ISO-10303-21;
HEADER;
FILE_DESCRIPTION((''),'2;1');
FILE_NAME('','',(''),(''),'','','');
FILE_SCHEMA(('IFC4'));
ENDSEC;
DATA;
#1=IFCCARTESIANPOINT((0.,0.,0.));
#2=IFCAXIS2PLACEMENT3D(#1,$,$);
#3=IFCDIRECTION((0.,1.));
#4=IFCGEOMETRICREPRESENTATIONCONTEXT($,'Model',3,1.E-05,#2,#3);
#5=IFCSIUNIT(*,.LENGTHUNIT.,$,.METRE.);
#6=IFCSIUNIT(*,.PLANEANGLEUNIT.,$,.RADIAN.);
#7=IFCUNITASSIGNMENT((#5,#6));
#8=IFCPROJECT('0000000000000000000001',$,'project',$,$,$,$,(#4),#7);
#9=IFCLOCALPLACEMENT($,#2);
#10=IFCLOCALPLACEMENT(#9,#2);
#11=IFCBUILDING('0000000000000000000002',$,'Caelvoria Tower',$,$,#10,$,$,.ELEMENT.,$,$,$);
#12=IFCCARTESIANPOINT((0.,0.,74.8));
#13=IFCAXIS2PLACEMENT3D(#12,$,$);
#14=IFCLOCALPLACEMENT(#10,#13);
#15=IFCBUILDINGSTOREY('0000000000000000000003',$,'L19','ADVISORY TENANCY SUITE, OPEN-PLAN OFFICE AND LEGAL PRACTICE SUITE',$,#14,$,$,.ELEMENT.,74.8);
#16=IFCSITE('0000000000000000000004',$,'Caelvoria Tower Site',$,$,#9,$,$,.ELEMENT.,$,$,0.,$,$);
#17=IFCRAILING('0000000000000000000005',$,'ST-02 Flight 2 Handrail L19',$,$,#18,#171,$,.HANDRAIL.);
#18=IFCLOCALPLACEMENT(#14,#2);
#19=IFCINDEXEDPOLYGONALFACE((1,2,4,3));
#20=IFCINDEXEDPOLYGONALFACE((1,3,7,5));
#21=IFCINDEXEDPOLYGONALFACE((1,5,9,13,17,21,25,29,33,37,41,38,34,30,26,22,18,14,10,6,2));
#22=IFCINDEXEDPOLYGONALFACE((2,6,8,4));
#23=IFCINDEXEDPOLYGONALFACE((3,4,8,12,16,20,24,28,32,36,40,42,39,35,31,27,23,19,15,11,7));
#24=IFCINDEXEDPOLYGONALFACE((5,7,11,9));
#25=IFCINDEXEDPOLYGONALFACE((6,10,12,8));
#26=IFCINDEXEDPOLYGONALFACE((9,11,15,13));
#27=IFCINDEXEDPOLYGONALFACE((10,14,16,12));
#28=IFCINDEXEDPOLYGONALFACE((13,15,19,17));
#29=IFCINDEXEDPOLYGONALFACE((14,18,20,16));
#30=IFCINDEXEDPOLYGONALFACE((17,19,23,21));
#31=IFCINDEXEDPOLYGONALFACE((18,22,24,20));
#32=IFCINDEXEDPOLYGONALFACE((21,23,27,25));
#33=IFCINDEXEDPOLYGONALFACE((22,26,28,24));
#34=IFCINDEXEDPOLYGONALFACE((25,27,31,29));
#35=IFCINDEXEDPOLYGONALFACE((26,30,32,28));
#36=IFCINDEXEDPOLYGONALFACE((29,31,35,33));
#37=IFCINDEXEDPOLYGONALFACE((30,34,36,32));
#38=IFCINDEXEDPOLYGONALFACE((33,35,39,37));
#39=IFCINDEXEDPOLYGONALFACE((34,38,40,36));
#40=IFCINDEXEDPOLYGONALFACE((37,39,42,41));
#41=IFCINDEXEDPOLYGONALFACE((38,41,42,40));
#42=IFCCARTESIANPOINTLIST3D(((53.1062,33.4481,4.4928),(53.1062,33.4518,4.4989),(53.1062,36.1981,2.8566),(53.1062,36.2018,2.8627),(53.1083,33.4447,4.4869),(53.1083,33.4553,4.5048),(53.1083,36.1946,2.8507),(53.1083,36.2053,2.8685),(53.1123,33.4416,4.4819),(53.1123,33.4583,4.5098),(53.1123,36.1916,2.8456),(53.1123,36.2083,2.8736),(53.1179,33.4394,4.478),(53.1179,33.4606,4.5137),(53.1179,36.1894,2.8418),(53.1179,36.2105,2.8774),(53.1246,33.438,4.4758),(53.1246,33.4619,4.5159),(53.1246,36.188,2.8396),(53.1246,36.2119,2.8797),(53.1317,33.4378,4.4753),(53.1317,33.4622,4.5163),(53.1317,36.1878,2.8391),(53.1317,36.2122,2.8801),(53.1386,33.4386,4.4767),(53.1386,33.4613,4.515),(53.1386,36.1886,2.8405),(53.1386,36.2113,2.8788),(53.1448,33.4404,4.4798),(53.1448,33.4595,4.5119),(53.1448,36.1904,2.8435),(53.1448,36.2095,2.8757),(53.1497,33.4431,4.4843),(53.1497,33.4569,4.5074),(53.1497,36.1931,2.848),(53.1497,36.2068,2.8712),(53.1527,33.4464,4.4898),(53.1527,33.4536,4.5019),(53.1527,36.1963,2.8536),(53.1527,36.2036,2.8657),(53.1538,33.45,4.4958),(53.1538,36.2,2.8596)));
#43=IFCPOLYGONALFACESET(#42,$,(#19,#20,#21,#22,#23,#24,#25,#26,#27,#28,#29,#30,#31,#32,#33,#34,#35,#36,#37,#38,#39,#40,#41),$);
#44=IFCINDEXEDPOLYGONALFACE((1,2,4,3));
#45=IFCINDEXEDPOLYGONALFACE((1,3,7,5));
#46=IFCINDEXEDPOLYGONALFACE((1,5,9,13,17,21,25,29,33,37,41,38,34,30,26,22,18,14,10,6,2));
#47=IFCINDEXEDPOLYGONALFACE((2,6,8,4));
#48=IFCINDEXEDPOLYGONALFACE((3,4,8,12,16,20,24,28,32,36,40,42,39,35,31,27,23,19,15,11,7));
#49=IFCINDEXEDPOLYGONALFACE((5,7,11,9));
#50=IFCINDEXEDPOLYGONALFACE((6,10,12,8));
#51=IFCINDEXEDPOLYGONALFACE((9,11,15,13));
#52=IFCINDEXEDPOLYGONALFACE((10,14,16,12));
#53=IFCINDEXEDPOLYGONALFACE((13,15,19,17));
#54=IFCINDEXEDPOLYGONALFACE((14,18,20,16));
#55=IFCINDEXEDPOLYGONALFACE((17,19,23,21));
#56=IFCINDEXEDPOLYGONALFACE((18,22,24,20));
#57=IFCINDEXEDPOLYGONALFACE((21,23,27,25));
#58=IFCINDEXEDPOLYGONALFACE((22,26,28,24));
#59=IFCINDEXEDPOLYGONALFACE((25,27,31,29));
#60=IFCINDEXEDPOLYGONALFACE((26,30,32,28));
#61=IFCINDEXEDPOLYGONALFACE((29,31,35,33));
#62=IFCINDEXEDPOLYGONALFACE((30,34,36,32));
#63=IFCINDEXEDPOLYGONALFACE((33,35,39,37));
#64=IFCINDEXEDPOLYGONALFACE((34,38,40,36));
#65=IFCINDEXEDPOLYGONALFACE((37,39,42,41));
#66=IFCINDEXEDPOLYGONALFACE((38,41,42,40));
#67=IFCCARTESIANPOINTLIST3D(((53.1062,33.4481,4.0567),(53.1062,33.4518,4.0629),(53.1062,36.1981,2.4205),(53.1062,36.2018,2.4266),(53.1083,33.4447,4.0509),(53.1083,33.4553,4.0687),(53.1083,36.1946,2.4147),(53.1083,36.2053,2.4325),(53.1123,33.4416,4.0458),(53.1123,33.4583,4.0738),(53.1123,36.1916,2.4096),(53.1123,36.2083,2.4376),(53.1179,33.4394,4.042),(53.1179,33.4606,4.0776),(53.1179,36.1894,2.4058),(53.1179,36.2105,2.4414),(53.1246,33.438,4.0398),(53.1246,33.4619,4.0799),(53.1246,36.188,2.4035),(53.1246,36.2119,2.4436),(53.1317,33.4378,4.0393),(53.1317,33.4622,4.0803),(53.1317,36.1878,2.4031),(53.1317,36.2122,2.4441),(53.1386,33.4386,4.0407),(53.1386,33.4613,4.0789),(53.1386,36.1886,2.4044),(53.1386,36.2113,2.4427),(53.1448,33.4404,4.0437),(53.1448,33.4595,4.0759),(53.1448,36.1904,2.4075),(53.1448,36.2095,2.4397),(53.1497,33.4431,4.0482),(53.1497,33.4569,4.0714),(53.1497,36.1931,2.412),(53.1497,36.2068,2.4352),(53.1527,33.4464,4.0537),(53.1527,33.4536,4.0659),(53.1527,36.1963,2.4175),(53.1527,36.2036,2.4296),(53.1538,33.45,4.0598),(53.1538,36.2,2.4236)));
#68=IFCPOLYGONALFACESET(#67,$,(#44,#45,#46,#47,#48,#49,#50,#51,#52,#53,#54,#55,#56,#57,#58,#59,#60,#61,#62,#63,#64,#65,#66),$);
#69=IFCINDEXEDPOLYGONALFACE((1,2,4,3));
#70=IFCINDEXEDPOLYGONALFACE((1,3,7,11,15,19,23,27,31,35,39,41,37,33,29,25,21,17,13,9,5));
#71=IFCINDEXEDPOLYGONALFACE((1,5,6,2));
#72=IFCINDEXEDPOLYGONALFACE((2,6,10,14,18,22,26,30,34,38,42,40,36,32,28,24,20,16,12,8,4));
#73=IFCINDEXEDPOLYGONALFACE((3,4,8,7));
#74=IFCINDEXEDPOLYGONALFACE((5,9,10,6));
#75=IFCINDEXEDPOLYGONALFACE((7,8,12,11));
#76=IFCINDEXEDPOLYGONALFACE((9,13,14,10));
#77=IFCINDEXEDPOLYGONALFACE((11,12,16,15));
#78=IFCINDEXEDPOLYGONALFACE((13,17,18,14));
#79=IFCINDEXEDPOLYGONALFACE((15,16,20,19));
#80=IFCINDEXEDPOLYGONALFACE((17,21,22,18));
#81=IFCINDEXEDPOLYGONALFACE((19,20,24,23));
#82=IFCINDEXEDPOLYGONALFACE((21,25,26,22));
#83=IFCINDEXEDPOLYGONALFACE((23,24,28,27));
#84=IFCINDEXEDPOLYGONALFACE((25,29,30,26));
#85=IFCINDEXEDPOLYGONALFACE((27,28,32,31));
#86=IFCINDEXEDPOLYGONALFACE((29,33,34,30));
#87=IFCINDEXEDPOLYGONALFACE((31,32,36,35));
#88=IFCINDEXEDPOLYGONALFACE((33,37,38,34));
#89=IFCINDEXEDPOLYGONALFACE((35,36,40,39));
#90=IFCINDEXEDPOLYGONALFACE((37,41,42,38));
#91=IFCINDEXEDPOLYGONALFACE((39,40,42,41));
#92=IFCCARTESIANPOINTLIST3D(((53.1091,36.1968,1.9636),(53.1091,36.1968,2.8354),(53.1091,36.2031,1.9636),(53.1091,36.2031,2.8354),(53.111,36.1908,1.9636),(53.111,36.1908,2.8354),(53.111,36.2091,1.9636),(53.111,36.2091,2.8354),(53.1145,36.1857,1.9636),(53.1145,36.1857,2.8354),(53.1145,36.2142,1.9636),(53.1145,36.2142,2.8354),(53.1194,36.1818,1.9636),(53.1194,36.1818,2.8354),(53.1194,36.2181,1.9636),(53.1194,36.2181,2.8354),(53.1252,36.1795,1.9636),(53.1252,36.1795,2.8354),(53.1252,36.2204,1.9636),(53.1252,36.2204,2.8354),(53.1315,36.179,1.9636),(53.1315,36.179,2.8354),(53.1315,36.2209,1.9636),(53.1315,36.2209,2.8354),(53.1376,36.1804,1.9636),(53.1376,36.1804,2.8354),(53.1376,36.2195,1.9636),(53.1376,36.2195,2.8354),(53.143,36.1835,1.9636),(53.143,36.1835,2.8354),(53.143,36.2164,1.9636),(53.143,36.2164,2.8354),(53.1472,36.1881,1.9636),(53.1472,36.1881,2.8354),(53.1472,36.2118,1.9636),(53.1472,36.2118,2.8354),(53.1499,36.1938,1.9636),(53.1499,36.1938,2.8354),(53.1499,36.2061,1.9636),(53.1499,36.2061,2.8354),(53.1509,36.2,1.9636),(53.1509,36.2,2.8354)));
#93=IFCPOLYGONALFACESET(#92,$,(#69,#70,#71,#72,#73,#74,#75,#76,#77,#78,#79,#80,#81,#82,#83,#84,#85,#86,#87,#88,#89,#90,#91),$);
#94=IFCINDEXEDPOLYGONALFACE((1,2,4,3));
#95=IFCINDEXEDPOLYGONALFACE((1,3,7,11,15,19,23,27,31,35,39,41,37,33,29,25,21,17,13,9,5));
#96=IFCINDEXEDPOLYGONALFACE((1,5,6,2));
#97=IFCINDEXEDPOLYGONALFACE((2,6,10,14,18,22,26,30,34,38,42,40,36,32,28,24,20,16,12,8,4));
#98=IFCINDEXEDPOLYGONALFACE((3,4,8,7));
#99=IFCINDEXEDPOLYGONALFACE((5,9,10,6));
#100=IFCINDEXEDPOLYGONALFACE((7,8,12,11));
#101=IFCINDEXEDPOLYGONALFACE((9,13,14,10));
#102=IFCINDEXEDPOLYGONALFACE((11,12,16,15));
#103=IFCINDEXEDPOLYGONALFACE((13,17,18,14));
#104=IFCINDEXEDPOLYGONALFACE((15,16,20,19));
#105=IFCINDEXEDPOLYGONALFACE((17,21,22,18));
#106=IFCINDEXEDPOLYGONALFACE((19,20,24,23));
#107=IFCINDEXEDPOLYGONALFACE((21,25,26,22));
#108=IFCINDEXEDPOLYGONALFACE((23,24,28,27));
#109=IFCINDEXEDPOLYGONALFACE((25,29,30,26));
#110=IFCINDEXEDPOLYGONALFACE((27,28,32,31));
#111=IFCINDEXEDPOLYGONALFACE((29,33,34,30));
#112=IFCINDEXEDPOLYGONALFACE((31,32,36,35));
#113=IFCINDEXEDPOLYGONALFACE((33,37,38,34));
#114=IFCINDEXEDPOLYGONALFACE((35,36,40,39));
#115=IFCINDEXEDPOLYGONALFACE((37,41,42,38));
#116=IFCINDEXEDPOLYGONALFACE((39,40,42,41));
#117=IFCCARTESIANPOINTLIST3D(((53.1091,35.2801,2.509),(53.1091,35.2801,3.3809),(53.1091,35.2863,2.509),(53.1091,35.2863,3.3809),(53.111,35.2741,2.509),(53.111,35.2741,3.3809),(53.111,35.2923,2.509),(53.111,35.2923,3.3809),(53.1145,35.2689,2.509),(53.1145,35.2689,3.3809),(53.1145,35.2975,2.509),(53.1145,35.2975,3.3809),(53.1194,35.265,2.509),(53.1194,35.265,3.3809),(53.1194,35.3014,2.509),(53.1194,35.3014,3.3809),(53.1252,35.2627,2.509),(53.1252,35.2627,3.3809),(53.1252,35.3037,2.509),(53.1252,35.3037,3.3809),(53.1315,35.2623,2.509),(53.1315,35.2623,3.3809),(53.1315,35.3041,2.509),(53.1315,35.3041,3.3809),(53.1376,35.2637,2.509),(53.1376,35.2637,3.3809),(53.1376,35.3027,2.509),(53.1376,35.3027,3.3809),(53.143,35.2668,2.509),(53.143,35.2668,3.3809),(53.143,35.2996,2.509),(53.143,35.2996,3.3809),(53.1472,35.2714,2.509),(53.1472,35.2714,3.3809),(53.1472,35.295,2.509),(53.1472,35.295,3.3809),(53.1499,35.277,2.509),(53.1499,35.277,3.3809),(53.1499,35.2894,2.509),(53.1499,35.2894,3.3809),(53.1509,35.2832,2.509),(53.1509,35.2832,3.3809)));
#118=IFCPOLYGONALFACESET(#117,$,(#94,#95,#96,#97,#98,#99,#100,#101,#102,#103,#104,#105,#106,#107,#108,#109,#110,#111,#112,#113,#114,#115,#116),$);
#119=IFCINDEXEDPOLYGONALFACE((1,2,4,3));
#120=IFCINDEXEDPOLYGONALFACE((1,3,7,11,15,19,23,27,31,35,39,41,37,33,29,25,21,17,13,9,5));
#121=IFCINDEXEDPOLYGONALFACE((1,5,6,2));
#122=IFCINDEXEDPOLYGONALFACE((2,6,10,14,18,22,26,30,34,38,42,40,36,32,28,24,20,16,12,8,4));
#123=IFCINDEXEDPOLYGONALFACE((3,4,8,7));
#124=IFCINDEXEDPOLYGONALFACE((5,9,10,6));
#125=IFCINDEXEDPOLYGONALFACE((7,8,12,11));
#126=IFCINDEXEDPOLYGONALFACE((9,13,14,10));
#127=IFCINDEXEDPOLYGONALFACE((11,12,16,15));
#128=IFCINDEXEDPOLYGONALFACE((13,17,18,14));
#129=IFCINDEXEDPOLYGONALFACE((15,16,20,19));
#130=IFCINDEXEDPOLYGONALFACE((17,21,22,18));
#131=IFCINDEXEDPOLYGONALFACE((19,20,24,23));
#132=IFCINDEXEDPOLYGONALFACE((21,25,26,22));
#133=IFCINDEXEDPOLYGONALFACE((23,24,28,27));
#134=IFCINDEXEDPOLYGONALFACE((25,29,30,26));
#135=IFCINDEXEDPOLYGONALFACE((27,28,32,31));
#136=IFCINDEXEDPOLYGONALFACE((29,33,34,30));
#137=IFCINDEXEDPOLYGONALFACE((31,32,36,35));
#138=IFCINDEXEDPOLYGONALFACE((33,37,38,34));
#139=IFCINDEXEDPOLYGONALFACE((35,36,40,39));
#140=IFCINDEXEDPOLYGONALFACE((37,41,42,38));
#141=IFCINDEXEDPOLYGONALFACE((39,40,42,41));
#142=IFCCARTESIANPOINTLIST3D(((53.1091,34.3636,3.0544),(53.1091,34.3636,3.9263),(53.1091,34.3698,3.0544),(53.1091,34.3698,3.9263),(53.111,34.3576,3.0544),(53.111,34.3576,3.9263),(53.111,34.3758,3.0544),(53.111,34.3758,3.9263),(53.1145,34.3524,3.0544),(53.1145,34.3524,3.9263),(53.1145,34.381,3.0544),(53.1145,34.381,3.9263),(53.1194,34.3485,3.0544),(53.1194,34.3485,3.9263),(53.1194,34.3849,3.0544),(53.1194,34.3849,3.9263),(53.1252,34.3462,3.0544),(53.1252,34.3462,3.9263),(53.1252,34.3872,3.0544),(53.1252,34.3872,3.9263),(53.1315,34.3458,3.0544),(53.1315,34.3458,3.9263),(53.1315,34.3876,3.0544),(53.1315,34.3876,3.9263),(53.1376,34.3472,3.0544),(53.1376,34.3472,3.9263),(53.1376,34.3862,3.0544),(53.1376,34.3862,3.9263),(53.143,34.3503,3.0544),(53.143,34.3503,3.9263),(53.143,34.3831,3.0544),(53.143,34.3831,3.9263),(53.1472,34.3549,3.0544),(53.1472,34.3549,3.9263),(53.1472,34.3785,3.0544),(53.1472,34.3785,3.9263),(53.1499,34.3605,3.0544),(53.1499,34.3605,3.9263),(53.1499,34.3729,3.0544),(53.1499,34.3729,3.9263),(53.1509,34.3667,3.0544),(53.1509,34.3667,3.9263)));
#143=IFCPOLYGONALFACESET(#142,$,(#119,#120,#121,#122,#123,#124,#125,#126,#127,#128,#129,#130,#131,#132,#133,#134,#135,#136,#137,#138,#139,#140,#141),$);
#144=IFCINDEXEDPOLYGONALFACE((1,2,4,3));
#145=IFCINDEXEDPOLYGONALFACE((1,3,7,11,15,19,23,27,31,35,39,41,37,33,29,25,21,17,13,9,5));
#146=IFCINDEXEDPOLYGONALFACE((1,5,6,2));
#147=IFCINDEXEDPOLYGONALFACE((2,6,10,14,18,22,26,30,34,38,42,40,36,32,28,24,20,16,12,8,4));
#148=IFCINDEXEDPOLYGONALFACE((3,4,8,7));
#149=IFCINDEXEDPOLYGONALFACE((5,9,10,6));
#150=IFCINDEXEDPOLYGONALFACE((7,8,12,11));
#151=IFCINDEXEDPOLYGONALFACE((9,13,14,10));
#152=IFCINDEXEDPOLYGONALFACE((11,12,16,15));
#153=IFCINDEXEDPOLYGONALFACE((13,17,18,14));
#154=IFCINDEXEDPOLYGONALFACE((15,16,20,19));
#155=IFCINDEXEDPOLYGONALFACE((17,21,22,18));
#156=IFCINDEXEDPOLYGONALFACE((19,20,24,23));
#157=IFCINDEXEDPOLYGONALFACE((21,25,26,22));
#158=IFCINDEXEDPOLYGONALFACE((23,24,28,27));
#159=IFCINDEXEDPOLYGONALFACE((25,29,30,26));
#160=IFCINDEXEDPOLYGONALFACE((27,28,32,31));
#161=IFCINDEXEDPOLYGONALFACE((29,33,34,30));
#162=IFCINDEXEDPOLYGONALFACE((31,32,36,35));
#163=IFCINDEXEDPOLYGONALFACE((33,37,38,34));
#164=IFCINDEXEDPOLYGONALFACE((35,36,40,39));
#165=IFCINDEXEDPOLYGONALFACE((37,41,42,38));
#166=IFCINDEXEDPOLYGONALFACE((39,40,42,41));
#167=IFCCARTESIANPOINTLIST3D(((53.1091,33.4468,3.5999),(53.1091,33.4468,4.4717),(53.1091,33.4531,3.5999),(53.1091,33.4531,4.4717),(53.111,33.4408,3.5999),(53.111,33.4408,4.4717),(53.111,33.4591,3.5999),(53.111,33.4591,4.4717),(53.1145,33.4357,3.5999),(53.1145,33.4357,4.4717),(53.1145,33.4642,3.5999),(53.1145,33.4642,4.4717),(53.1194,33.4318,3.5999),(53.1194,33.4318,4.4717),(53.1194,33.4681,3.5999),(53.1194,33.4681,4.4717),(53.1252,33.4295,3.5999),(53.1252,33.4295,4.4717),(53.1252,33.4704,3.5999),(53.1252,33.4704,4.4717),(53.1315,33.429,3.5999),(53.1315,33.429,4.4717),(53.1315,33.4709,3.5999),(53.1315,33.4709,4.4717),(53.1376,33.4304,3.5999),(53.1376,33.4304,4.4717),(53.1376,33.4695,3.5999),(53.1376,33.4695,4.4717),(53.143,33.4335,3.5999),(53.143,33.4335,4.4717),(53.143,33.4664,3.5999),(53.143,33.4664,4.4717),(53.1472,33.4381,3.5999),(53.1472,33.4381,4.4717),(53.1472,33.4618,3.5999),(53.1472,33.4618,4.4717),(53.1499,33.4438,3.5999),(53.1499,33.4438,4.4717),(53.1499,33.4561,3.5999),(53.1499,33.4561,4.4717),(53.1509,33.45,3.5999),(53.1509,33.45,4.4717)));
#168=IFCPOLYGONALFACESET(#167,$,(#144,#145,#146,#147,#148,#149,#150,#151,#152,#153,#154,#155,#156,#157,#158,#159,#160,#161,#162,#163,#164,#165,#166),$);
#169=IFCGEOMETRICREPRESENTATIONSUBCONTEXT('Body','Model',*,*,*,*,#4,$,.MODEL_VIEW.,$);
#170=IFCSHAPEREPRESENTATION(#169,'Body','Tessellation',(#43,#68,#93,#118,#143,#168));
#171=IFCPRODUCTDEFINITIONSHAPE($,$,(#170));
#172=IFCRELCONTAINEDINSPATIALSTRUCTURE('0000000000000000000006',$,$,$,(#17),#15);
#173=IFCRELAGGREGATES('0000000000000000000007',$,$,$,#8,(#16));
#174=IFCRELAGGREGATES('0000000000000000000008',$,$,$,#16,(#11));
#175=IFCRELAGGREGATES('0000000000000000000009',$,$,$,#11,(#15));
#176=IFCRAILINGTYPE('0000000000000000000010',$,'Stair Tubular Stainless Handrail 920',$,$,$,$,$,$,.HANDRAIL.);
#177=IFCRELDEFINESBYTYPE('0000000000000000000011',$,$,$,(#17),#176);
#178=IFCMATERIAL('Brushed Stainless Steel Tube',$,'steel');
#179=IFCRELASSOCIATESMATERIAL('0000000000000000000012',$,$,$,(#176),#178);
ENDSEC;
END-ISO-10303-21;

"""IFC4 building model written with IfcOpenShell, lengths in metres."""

from ifc_helpers import new_model, si_unit, direction, frame, origin, origin_2d, place, context, subcontext, project, spatial, circle, extrude, material, type_object, element, save


model = new_model("IFC4")

# Units and contexts
model_context = context("Model", 3, precision=1e-05, world=origin(), true_north=direction((0.0, 1.0)))
body_context = subcontext(model_context, "Body", "Model", "MODEL_VIEW")
ifc_project = project(units=[si_unit("LENGTHUNIT", "METRE"), si_unit("PLANEANGLEUNIT", "RADIAN")], contexts=[model_context])

# Site, building, storey
site_placement = place(None, origin())
site = spatial("IfcSite", under=ifc_project, at=site_placement, Name="Caelvoria Tower Site", CompositionType="ELEMENT", RefElevation=0.0)
building_placement = place(site_placement, origin())
building = spatial("IfcBuilding", under=site, at=building_placement, Name="Caelvoria Tower", CompositionType="ELEMENT")
storey_placement = place(building_placement, frame((0.0, 0.0, 74.8)))
storey = spatial("IfcBuildingStorey", under=building, at=storey_placement, Name="L19", Description="ADVISORY TENANCY SUITE, OPEN-PLAN OFFICE AND LEGAL PRACTICE SUITE", CompositionType="ELEMENT", Elevation=74.8)

# Railing
ifc_material_1 = material(Name="Brushed Stainless Steel Tube", Category="steel")
railing_type_1 = type_object("IfcRailingType", Name="Stair Tubular Stainless Handrail 920", PredefinedType="HANDRAIL", material=ifc_material_1)
railing_1_placement = place(storey_placement, frame((53.1299, 36.2, 1.9636)))
element("IfcRailing", 1, at=railing_1_placement, inside=storey, type_object=railing_type_1, Name="ST-02 Flight 2 Handrail L19", PredefinedType="HANDRAIL", context=body_context, shape_type="SweptSolid", body=[
    extrude(circle(Radius=0.0239, at=origin_2d()), frame((0.0, 0.0, 0.896), z_axis=(0.0, -0.859385, 0.511328), x_axis=(1.0, 0.0, 0.0)), (0.0, 0.0, 1.0), 3.2),
    extrude(circle(Radius=0.0239, at=origin_2d()), frame((0.0, 0.0, 0.46), z_axis=(0.0, -0.859385, 0.511328), x_axis=(1.0, 0.0, 0.0)), (0.0, 0.0, 1.0), 3.2),
    extrude(circle(Radius=0.021, at=origin_2d()), origin(), (0.0, 0.0, 1.0), 0.8718),
    extrude(circle(Radius=0.021, at=origin_2d()), frame((0.0, -0.9167, 0.5454)), (0.0, 0.0, 1.0), 0.8718),
    extrude(circle(Radius=0.021, at=origin_2d()), frame((0.0, -1.8333, 1.0908)), (0.0, 0.0, 1.0), 0.8718),
    extrude(circle(Radius=0.021, at=origin_2d()), frame((0.0, -2.75, 1.6362)), (0.0, 0.0, 1.0), 0.8718),
])

save(model, "model.ifc")
